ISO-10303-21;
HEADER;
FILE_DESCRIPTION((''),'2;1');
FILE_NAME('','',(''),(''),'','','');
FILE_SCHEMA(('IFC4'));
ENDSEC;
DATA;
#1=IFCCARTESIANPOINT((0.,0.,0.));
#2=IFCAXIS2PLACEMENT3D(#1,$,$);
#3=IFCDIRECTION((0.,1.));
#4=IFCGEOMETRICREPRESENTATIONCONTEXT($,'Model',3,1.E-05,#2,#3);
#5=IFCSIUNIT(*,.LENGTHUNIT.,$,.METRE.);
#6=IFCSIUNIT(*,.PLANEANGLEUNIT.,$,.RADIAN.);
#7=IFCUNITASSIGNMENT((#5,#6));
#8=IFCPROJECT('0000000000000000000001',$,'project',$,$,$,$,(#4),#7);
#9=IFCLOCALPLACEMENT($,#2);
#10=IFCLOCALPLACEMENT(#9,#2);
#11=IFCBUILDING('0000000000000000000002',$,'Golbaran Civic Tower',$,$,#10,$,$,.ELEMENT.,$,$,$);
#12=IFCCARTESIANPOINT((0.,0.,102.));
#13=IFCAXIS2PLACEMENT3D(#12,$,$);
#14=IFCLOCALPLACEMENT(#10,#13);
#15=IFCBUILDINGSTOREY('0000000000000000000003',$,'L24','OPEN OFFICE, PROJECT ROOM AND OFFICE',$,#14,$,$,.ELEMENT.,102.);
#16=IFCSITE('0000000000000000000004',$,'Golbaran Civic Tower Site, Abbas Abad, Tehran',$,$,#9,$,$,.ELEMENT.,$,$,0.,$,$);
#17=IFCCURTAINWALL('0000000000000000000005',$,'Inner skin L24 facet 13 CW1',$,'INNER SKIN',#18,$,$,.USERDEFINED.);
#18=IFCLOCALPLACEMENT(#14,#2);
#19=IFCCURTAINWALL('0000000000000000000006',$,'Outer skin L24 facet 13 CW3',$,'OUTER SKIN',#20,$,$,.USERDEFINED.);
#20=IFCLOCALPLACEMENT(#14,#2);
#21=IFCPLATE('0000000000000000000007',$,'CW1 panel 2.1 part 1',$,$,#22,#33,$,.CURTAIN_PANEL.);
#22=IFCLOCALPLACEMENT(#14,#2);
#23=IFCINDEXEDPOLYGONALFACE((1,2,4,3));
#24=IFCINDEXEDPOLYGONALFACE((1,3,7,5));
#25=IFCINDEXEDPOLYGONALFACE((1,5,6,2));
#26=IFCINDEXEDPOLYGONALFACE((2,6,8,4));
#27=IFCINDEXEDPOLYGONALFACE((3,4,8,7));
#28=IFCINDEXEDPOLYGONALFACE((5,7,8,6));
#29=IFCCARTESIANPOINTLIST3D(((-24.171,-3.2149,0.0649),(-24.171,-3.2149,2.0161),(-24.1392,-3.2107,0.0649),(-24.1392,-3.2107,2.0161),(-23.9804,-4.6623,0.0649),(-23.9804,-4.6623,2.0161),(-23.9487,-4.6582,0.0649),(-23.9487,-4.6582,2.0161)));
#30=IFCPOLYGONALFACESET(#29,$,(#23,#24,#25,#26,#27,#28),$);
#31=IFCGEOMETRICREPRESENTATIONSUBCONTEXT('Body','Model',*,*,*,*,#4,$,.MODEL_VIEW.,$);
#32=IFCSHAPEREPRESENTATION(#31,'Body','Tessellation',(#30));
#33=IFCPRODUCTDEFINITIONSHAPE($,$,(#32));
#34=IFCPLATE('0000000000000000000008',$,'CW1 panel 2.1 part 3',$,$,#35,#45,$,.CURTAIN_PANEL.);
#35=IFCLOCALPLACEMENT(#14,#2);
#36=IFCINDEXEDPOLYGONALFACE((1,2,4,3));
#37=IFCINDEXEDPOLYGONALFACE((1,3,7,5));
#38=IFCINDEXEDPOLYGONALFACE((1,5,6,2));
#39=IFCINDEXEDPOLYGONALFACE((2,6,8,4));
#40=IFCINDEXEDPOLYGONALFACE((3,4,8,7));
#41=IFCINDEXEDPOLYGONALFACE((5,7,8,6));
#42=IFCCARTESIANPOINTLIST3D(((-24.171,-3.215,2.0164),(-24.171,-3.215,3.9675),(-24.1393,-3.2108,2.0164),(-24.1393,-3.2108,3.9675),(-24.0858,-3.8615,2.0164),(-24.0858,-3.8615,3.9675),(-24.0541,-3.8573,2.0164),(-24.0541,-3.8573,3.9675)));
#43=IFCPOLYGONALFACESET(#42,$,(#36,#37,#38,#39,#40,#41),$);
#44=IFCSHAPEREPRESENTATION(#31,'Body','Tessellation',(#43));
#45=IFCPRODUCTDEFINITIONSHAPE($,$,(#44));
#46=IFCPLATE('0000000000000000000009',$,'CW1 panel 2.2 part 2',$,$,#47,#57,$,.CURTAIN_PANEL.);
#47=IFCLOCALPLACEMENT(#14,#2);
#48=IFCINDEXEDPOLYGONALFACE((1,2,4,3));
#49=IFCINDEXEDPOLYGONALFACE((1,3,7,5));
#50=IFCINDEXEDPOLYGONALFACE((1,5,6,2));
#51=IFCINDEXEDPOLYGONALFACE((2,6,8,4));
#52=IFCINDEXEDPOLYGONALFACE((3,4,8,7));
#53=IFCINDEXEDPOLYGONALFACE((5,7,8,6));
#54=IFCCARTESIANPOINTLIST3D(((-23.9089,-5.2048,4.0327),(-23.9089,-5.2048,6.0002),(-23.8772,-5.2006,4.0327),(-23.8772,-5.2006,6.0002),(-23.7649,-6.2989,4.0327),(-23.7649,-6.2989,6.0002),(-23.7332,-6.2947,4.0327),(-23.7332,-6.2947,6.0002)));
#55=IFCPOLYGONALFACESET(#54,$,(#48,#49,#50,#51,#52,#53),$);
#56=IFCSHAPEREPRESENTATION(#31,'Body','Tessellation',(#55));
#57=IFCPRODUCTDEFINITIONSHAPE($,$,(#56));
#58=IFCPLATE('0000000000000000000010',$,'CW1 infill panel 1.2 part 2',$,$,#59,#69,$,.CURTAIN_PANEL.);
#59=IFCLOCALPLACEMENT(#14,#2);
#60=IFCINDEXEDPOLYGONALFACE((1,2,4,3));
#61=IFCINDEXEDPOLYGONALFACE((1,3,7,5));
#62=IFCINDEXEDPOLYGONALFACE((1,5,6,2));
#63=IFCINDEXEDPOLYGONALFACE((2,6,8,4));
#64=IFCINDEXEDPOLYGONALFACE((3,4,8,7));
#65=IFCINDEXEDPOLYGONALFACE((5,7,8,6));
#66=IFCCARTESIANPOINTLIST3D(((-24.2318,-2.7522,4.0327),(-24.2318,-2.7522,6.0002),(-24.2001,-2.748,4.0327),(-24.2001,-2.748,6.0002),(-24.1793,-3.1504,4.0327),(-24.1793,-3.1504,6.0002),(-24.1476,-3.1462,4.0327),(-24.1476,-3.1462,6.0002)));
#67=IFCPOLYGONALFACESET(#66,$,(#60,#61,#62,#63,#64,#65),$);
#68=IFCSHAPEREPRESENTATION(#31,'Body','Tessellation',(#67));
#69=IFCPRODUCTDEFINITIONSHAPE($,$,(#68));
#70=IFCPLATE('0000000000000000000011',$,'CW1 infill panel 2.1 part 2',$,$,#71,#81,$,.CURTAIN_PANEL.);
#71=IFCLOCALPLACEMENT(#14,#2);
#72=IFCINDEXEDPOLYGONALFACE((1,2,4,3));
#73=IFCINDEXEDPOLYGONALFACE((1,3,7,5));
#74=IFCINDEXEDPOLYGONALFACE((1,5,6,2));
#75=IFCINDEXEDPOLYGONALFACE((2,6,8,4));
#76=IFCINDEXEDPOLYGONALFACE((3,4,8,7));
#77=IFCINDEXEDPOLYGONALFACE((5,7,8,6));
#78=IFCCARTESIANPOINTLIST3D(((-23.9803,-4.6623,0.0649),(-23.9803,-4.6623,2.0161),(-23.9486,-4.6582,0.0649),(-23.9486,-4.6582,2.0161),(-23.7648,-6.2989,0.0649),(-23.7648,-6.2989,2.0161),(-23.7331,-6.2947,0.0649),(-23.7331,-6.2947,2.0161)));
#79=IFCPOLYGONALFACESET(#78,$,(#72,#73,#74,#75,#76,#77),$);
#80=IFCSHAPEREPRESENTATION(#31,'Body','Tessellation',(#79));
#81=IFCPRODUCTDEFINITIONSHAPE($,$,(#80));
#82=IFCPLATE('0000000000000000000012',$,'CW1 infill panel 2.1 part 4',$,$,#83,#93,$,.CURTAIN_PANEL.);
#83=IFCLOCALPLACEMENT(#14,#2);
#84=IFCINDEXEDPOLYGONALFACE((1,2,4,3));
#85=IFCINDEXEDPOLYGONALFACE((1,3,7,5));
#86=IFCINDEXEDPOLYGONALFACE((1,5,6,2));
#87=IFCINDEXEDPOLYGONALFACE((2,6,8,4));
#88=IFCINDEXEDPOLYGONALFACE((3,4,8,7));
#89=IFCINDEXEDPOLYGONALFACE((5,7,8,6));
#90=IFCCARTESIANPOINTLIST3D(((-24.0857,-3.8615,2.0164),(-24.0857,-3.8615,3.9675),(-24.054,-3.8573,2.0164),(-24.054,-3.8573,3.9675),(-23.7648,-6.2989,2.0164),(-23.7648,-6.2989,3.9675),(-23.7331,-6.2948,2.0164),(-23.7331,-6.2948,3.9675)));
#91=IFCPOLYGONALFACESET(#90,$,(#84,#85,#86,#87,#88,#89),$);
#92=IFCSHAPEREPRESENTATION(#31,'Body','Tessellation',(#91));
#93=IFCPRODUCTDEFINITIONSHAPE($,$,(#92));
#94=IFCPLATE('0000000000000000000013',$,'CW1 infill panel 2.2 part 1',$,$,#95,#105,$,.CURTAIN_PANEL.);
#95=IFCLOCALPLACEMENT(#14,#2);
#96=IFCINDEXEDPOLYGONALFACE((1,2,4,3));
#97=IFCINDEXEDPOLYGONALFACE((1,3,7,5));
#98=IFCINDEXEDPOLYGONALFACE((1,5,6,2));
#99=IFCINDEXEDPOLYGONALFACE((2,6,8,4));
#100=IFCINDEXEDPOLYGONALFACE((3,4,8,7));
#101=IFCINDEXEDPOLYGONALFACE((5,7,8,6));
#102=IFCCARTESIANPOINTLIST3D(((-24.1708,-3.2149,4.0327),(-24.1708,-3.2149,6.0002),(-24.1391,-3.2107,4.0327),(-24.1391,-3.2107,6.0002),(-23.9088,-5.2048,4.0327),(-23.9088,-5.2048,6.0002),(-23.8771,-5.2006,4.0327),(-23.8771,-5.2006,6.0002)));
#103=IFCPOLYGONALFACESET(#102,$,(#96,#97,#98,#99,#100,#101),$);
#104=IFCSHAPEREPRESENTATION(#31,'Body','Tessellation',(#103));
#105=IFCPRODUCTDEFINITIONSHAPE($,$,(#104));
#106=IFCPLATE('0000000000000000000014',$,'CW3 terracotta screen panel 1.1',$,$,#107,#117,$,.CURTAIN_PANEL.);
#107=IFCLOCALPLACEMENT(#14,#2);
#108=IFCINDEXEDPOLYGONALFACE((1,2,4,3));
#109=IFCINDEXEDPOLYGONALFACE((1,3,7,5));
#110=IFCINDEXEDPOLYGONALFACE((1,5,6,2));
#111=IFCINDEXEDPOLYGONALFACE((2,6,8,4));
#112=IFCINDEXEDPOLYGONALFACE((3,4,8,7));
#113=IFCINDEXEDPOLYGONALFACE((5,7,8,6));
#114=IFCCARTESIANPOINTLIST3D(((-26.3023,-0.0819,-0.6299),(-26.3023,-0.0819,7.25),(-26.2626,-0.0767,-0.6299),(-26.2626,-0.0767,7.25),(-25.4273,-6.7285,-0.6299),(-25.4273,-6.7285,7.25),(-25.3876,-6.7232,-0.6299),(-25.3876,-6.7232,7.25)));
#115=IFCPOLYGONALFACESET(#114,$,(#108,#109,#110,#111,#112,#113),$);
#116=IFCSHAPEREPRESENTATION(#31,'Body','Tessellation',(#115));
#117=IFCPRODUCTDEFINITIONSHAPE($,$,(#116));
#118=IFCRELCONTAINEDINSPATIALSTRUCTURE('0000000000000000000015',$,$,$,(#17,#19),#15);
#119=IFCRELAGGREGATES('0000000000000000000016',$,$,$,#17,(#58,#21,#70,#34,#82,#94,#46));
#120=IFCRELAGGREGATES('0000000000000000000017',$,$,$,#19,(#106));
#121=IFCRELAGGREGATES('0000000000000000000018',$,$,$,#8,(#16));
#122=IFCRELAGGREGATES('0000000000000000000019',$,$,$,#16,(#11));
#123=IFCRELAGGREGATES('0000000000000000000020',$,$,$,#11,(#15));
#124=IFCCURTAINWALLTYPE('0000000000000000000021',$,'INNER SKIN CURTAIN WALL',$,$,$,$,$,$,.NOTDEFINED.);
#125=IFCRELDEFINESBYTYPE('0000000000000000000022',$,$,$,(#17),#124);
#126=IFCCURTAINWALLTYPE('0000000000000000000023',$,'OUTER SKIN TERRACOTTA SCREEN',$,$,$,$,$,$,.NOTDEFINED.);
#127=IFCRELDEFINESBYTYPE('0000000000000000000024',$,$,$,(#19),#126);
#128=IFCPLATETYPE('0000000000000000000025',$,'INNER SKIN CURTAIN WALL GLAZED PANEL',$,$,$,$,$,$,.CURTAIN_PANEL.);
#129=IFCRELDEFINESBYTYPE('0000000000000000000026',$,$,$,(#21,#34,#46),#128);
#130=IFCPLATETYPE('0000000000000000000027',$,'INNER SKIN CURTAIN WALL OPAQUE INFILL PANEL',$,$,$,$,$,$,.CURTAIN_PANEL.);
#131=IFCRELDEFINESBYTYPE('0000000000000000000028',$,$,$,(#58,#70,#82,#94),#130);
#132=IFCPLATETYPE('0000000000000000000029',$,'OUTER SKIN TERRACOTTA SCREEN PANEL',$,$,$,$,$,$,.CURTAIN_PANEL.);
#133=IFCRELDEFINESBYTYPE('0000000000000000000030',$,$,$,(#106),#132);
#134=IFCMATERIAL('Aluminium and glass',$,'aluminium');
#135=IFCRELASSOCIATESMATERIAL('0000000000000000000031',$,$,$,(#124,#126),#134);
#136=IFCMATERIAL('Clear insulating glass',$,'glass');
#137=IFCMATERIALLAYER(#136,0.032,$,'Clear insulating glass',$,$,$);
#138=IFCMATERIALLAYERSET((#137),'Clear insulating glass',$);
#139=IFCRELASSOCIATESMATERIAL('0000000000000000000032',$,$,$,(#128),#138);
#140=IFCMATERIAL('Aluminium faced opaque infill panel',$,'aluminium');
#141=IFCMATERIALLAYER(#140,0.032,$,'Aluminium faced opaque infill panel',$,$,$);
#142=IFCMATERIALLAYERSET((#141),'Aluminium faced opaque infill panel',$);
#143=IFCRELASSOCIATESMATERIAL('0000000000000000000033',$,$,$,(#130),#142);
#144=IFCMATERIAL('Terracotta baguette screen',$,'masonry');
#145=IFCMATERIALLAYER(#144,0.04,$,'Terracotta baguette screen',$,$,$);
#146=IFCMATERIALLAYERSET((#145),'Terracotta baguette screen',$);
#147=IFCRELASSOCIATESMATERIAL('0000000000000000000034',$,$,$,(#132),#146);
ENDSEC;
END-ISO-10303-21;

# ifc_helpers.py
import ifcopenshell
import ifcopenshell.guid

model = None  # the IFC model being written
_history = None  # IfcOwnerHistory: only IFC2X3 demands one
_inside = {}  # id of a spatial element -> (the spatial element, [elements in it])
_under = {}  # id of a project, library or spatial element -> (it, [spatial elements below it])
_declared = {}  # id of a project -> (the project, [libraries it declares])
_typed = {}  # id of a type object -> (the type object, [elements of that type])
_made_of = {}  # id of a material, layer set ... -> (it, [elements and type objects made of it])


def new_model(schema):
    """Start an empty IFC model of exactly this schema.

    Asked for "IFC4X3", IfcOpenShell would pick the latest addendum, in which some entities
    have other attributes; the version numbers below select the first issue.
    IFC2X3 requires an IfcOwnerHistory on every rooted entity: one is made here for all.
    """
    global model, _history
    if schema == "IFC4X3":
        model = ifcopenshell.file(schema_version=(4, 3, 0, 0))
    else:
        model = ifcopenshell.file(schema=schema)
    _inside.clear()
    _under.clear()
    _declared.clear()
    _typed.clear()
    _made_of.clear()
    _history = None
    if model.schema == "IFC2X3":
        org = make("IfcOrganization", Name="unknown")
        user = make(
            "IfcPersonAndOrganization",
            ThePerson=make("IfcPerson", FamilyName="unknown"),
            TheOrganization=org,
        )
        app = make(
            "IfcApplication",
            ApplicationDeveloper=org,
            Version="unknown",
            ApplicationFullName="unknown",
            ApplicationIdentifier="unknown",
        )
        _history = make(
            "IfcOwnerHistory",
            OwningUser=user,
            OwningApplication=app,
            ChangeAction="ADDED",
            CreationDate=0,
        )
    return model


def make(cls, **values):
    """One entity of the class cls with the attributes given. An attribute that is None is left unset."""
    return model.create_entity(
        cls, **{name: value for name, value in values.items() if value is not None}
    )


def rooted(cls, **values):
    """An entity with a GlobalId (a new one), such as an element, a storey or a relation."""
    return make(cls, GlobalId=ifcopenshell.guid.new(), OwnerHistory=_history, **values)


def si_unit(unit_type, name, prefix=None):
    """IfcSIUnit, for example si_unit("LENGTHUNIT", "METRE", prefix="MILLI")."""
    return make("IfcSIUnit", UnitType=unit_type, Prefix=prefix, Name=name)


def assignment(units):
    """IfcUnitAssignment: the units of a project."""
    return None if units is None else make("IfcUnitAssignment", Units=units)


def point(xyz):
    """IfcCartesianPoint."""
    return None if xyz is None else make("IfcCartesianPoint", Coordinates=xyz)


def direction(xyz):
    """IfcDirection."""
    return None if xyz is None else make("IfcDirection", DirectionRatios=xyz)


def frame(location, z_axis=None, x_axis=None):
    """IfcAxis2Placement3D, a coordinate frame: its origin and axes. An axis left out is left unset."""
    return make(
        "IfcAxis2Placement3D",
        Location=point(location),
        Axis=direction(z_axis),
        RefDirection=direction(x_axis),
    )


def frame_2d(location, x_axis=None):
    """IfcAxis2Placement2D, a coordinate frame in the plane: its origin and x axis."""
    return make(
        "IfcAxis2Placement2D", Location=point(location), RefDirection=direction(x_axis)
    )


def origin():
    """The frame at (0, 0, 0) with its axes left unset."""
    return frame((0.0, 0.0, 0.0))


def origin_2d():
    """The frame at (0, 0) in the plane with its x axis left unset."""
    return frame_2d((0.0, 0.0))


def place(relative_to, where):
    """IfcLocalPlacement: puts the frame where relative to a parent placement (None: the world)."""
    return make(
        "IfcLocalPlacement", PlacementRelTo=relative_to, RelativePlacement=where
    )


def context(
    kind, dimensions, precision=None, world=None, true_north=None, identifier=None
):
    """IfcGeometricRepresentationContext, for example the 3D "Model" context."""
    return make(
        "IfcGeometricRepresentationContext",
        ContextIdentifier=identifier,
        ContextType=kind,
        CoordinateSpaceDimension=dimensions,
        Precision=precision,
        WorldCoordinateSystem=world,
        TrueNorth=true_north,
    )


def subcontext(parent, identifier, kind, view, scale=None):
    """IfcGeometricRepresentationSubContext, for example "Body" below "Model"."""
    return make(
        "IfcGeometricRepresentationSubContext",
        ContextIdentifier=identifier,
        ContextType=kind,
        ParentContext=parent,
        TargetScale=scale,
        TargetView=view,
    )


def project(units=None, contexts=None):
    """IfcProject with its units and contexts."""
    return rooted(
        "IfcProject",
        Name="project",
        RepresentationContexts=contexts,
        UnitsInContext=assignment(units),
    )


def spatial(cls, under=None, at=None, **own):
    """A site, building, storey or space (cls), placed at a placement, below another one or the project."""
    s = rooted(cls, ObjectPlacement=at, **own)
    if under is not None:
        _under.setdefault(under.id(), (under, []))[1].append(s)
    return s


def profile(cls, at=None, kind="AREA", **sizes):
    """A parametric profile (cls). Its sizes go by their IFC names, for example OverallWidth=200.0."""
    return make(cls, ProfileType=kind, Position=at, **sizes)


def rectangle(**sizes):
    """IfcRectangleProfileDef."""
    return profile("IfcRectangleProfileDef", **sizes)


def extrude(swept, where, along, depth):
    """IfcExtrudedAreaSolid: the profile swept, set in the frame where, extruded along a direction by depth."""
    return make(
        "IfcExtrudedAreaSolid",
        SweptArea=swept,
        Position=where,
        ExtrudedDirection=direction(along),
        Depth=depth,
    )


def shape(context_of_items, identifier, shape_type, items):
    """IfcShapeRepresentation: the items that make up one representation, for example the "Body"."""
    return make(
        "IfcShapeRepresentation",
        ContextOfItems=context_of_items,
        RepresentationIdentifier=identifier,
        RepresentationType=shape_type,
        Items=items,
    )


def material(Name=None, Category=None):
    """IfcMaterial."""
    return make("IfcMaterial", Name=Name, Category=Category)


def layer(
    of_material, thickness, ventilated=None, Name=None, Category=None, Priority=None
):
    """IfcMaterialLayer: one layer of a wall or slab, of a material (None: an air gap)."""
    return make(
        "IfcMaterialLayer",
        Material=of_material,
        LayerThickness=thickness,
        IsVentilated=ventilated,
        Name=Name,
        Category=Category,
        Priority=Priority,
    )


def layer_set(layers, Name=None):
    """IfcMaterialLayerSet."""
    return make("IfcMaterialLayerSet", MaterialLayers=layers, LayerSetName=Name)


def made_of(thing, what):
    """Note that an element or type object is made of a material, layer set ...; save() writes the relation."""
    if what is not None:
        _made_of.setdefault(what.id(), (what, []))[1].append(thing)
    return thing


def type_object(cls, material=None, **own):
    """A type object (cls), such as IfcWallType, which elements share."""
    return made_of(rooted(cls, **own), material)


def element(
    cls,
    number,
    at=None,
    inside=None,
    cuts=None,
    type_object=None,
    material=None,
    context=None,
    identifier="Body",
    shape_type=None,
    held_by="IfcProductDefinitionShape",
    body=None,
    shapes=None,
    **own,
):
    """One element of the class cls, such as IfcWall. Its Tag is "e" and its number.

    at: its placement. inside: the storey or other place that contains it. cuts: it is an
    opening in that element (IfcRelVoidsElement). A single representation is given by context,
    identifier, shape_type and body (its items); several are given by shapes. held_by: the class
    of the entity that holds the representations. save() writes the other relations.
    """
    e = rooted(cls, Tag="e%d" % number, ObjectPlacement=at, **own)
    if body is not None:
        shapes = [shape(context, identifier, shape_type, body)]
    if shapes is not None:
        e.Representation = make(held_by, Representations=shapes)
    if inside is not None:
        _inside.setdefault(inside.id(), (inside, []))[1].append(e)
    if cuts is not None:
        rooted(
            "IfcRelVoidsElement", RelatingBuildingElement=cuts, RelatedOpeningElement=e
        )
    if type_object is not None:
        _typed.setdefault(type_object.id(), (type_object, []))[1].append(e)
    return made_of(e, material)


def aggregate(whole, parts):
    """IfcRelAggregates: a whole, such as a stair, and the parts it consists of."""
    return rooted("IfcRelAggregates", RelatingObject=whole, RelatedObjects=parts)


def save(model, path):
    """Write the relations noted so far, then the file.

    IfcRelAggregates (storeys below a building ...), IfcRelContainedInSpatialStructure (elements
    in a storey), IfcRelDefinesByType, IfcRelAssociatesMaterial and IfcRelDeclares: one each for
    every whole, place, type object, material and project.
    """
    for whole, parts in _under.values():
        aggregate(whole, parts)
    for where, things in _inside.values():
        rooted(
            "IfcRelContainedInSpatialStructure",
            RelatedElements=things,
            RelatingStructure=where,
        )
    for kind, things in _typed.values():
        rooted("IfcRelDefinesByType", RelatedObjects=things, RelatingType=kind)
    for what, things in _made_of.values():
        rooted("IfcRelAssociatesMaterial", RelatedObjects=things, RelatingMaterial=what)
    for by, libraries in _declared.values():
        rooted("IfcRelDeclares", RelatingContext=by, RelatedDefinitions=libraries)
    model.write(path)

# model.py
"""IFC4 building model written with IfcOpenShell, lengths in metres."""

from ifc_helpers import new_model, si_unit, direction, frame, origin, origin_2d, place, context, subcontext, project, spatial, rectangle, extrude, material, layer, layer_set, type_object, element, aggregate, save


model = new_model("IFC4")

# Units and contexts
model_context = context("Model", 3, precision=1e-05, world=origin(), true_north=direction((0.0, 1.0)))
body_context = subcontext(model_context, "Body", "Model", "MODEL_VIEW")
ifc_project = project(units=[si_unit("LENGTHUNIT", "METRE"), si_unit("PLANEANGLEUNIT", "RADIAN")], contexts=[model_context])

# Site, building, storey
site_placement = place(None, origin())
site = spatial("IfcSite", under=ifc_project, at=site_placement, Name="Golbaran Civic Tower Site, Abbas Abad, Tehran", CompositionType="ELEMENT", RefElevation=0.0)
building_placement = place(site_placement, origin())
building = spatial("IfcBuilding", under=site, at=building_placement, Name="Golbaran Civic Tower", CompositionType="ELEMENT")
storey_placement = place(building_placement, frame((0.0, 0.0, 102.0)))
storey = spatial("IfcBuildingStorey", under=building, at=storey_placement, Name="L24", Description="OPEN OFFICE, PROJECT ROOM AND OFFICE", CompositionType="ELEMENT", Elevation=102.0)

# Curtain wall
ifc_material_1 = material(Name="Aluminium and glass", Category="aluminium")
curtain_wall_type_1 = type_object("IfcCurtainWallType", Name="INNER SKIN CURTAIN WALL", PredefinedType="NOTDEFINED", material=ifc_material_1)
curtain_wall_1_placement = place(storey_placement, origin())
curtain_wall_1 = element("IfcCurtainWall", 1, at=curtain_wall_1_placement, inside=storey, type_object=curtain_wall_type_1, Name="Inner skin L24 facet 13 CW1", ObjectType="INNER SKIN", PredefinedType="USERDEFINED")

# Curtain wall
curtain_wall_type_2 = type_object("IfcCurtainWallType", Name="OUTER SKIN TERRACOTTA SCREEN", PredefinedType="NOTDEFINED", material=ifc_material_1)
curtain_wall_2_placement = place(storey_placement, origin())
curtain_wall_2 = element("IfcCurtainWall", 2, at=curtain_wall_2_placement, inside=storey, type_object=curtain_wall_type_2, Name="Outer skin L24 facet 13 CW3", ObjectType="OUTER SKIN", PredefinedType="USERDEFINED")

# Plates
ifc_material_2 = material(Name="Clear insulating glass", Category="glass")
ifc_layer_1 = layer(ifc_material_2, 0.032, Name="Clear insulating glass")
ifc_layer_set_1 = layer_set([ifc_layer_1], Name="Clear insulating glass")
plate_type_1 = type_object("IfcPlateType", Name="INNER SKIN CURTAIN WALL GLAZED PANEL", PredefinedType="CURTAIN_PANEL", material=ifc_layer_set_1)
plate_1_placement = place(storey_placement, frame((-24.0598, -3.9365, 0.0649), z_axis=(0.0, 0.0, 1.0), x_axis=(0.130526, -0.991445, 0.0)))
plate_1 = element("IfcPlate", 3, at=plate_1_placement, type_object=plate_type_1, Name="CW1 panel 2.1 part 1", PredefinedType="CURTAIN_PANEL", context=body_context, shape_type="SweptSolid", body=[
    extrude(rectangle(XDim=1.46, YDim=0.032, at=origin_2d()), origin(), (0.0, 0.0, 1.0), 1.9512),
])
plate_2_placement = place(storey_placement, frame((-24.1125, -3.5361, 2.0164), z_axis=(0.0, 0.0, 1.0), x_axis=(0.130526, -0.991445, 0.0)))
plate_2 = element("IfcPlate", 4, at=plate_2_placement, type_object=plate_type_1, Name="CW1 panel 2.1 part 3", PredefinedType="CURTAIN_PANEL", context=body_context, shape_type="SweptSolid", body=[
    extrude(rectangle(XDim=0.6521, YDim=0.032, at=origin_2d()), origin(), (0.0, 0.0, 1.0), 1.9512),
])
plate_3_placement = place(storey_placement, frame((-23.821, -5.7498, 4.0327), z_axis=(0.0, 0.0, 1.0), x_axis=(0.130526, -0.991445, 0.0)))
plate_3 = element("IfcPlate", 5, at=plate_3_placement, type_object=plate_type_1, Name="CW1 panel 2.2 part 2", PredefinedType="CURTAIN_PANEL", context=body_context, shape_type="SweptSolid", body=[
    extrude(rectangle(XDim=1.1035, YDim=0.032, at=origin_2d()), origin(), (0.0, 0.0, 1.0), 1.9675),
])
ifc_material_3 = material(Name="Aluminium faced opaque infill panel", Category="aluminium")
ifc_layer_2 = layer(ifc_material_3, 0.032, Name="Aluminium faced opaque infill panel")
ifc_layer_set_2 = layer_set([ifc_layer_2], Name="Aluminium faced opaque infill panel")
plate_type_2 = type_object("IfcPlateType", Name="INNER SKIN CURTAIN WALL OPAQUE INFILL PANEL", PredefinedType="CURTAIN_PANEL", material=ifc_layer_set_2)
plate_4_placement = place(storey_placement, frame((-24.1897, -2.9492, 4.0327), z_axis=(0.0, 0.0, 1.0), x_axis=(0.130526, -0.991445, 0.0)))
plate_4 = element("IfcPlate", 6, at=plate_4_placement, type_object=plate_type_2, Name="CW1 infill panel 1.2 part 2", PredefinedType="CURTAIN_PANEL", context=body_context, shape_type="SweptSolid", body=[
    extrude(rectangle(XDim=0.4016, YDim=0.032, at=origin_2d()), origin(), (0.0, 0.0, 1.0), 1.9675),
])
plate_5_placement = place(storey_placement, frame((-23.8567, -5.4785, 0.0649), z_axis=(0.0, 0.0, 1.0), x_axis=(0.130526, -0.991445, 0.0)))
plate_5 = element("IfcPlate", 7, at=plate_5_placement, type_object=plate_type_2, Name="CW1 infill panel 2.1 part 2", PredefinedType="CURTAIN_PANEL", context=body_context, shape_type="SweptSolid", body=[
    extrude(rectangle(XDim=1.6506, YDim=0.032, at=origin_2d()), origin(), (0.0, 0.0, 1.0), 1.9512),
])
plate_6_placement = place(storey_placement, frame((-23.9094, -5.0781, 2.0164), z_axis=(0.0, 0.0, 1.0), x_axis=(0.130526, -0.991445, 0.0)))
plate_6 = element("IfcPlate", 8, at=plate_6_placement, type_object=plate_type_2, Name="CW1 infill panel 2.1 part 4", PredefinedType="CURTAIN_PANEL", context=body_context, shape_type="SweptSolid", body=[
    extrude(rectangle(XDim=2.4585, YDim=0.032, at=origin_2d()), origin(), (0.0, 0.0, 1.0), 1.9512),
])
plate_7_placement = place(storey_placement, frame((-24.0239, -4.2078, 4.0327), z_axis=(0.0, 0.0, 1.0), x_axis=(0.130526, -0.991445, 0.0)))
plate_7 = element("IfcPlate", 9, at=plate_7_placement, type_object=plate_type_2, Name="CW1 infill panel 2.2 part 1", PredefinedType="CURTAIN_PANEL", context=body_context, shape_type="SweptSolid", body=[
    extrude(rectangle(XDim=2.0071, YDim=0.032, at=origin_2d()), origin(), (0.0, 0.0, 1.0), 1.9675),
])
aggregate(curtain_wall_1, [plate_4, plate_1, plate_5, plate_2, plate_6, plate_7, plate_3])
ifc_material_4 = material(Name="Terracotta baguette screen", Category="masonry")
ifc_layer_3 = layer(ifc_material_4, 0.04, Name="Terracotta baguette screen")
ifc_layer_set_3 = layer_set([ifc_layer_3], Name="Terracotta baguette screen")
plate_type_3 = type_object("IfcPlateType", Name="OUTER SKIN TERRACOTTA SCREEN PANEL", PredefinedType="CURTAIN_PANEL", material=ifc_layer_set_3)
plate_8_placement = place(storey_placement, frame((-25.845, -3.4026, -0.6299), z_axis=(0.0, 0.0, 1.0), x_axis=(0.130526, -0.991445, 0.0)))
plate_8 = element("IfcPlate", 10, at=plate_8_placement, type_object=plate_type_3, Name="CW3 terracotta screen panel 1.1", PredefinedType="CURTAIN_PANEL", context=body_context, shape_type="SweptSolid", body=[
    extrude(rectangle(XDim=6.7039, YDim=0.04, at=origin_2d()), origin(), (0.0, 0.0, 1.0), 7.8799),
])
aggregate(curtain_wall_2, [plate_8])

save(model, "model.ifc")
